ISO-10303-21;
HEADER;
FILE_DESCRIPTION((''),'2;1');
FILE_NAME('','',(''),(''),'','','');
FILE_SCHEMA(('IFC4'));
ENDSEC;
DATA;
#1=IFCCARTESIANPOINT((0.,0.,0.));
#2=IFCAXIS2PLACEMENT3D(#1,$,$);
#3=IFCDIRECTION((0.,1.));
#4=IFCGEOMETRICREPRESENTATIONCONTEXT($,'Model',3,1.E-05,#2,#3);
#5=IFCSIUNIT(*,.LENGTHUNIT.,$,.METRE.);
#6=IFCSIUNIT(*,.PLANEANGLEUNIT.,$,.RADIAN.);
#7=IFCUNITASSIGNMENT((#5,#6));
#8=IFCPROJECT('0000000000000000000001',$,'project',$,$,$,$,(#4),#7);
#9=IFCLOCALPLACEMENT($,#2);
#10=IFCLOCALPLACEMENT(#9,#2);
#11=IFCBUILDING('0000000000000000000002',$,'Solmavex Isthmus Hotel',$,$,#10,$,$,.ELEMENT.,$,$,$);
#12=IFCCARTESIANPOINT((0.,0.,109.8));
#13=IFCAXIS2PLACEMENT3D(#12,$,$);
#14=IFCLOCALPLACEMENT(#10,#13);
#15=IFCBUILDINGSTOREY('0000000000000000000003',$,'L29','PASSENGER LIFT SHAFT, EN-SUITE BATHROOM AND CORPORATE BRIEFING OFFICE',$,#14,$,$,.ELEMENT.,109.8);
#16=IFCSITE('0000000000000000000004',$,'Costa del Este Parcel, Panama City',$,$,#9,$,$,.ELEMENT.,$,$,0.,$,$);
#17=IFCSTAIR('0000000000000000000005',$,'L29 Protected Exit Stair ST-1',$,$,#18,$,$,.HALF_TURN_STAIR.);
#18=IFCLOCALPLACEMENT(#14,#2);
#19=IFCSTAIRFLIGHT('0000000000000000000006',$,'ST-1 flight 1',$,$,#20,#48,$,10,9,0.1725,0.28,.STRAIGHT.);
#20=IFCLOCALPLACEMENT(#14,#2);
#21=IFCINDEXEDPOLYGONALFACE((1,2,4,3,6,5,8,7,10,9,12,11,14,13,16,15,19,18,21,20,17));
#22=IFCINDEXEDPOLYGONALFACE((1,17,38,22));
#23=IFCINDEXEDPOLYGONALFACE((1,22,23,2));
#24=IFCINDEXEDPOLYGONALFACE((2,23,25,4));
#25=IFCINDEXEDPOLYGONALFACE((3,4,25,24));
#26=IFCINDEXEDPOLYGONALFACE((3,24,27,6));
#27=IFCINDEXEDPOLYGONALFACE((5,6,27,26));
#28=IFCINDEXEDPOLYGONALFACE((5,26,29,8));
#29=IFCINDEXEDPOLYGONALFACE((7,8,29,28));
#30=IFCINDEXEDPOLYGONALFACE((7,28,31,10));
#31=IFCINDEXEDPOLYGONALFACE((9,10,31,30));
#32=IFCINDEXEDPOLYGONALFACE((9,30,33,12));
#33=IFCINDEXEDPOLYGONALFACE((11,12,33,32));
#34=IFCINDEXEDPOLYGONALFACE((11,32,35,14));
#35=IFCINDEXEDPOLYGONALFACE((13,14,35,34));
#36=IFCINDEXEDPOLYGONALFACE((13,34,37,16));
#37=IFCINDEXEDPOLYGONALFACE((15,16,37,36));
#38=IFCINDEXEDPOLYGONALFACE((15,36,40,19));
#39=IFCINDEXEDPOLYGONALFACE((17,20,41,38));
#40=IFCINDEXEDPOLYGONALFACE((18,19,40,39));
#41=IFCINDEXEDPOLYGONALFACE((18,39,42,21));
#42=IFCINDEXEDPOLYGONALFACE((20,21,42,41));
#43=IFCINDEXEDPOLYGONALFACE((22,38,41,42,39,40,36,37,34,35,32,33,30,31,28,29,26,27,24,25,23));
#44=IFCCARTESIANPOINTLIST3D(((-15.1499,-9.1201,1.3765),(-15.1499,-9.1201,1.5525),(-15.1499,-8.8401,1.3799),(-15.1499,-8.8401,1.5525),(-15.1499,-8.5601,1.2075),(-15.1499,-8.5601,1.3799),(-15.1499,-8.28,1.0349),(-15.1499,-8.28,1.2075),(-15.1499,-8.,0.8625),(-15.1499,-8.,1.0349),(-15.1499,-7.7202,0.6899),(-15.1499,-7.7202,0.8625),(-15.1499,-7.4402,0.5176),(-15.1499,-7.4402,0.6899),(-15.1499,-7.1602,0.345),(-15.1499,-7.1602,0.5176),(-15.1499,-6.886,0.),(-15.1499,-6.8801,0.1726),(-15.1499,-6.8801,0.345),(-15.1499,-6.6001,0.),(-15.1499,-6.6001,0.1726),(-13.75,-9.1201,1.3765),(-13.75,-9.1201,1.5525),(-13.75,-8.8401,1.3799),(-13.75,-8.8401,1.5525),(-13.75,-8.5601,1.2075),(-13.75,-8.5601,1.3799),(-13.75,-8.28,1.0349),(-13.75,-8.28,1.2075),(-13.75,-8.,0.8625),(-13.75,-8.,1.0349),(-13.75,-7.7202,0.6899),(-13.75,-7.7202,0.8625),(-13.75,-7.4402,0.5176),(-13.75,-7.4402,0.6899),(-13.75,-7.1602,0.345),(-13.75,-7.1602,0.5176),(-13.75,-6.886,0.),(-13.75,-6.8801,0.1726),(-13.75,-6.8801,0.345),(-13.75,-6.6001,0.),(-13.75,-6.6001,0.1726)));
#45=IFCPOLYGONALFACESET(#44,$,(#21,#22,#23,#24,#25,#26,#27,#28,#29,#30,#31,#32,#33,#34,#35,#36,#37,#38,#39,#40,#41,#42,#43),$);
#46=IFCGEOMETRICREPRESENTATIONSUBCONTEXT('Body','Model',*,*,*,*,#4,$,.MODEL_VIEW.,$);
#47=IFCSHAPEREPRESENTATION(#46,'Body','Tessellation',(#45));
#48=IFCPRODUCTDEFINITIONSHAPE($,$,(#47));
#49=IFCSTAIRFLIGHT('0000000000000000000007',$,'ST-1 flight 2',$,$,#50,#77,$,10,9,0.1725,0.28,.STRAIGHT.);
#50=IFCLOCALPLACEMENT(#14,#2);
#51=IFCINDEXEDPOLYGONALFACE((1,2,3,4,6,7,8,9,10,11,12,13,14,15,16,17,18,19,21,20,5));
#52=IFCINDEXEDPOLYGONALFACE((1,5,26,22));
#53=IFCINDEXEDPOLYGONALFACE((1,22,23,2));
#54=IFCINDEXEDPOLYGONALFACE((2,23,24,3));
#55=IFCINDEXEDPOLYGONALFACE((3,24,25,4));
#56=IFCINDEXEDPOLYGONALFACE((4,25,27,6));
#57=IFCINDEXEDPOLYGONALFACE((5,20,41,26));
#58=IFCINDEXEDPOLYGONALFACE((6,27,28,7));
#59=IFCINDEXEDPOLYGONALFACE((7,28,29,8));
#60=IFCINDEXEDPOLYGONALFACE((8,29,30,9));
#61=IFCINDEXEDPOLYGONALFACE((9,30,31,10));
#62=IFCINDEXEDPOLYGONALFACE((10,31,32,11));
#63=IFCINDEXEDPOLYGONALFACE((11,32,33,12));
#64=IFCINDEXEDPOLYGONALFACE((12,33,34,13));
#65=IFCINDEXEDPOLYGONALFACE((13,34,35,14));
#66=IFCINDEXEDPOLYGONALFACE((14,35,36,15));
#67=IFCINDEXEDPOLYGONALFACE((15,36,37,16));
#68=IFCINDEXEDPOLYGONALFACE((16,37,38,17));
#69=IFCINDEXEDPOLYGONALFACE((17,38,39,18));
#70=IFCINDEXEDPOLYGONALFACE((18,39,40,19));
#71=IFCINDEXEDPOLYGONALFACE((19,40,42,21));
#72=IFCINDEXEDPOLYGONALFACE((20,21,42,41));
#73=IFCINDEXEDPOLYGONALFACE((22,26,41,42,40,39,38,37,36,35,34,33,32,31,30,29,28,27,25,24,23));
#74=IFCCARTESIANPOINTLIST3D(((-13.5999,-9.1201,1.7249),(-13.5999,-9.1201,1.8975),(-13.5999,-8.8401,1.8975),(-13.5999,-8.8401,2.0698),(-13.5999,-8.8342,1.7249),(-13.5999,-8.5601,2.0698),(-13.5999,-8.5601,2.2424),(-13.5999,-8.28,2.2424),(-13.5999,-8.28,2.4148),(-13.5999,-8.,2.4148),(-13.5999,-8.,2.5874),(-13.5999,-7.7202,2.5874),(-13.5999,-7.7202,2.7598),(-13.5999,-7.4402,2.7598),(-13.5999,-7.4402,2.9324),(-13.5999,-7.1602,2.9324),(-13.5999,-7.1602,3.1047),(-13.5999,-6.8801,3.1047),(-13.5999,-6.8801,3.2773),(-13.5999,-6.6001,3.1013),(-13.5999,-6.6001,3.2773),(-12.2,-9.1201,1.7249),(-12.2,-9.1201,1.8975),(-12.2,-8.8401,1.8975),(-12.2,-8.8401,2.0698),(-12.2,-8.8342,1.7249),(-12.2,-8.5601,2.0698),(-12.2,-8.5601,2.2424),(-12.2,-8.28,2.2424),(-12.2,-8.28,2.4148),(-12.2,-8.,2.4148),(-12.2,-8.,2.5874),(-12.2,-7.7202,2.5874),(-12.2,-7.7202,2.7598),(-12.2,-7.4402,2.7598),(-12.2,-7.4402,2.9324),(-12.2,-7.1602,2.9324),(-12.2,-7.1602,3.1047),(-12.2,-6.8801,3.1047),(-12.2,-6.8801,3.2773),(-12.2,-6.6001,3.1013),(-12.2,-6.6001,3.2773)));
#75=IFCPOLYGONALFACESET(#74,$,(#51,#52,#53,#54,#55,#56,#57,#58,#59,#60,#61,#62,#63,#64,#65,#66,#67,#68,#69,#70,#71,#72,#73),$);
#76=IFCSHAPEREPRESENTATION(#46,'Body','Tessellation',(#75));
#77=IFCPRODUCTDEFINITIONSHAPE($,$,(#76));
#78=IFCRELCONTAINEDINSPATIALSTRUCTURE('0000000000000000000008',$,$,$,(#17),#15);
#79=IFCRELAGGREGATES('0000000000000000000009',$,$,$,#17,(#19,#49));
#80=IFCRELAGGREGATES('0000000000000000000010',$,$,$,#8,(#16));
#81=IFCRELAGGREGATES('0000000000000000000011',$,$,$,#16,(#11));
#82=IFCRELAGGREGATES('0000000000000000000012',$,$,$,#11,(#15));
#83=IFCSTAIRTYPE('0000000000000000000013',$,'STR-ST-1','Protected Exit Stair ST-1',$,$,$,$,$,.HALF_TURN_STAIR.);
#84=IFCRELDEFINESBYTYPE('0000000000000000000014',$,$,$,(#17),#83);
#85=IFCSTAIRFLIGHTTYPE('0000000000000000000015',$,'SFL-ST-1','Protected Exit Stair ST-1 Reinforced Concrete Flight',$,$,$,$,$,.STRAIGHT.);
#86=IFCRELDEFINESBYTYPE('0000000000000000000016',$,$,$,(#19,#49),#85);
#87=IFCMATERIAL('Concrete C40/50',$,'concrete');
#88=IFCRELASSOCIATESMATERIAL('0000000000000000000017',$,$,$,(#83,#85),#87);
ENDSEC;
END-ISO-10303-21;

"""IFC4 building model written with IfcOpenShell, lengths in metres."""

from ifc_helpers import new_model, si_unit, direction, frame, origin, place, context, subcontext, project, spatial, polyline, outline, extrude, material, type_object, element, aggregate, save


model = new_model("IFC4")

# Units and contexts
model_context = context("Model", 3, precision=1e-05, world=origin(), true_north=direction((0.0, 1.0)))
body_context = subcontext(model_context, "Body", "Model", "MODEL_VIEW")
ifc_project = project(units=[si_unit("LENGTHUNIT", "METRE"), si_unit("PLANEANGLEUNIT", "RADIAN")], contexts=[model_context])

# Site, building, storey
site_placement = place(None, origin())
site = spatial("IfcSite", under=ifc_project, at=site_placement, Name="Costa del Este Parcel, Panama City", CompositionType="ELEMENT", RefElevation=0.0)
building_placement = place(site_placement, origin())
building = spatial("IfcBuilding", under=site, at=building_placement, Name="Solmavex Isthmus Hotel", CompositionType="ELEMENT")
storey_placement = place(building_placement, frame((0.0, 0.0, 109.8)))
storey = spatial("IfcBuildingStorey", under=building, at=storey_placement, Name="L29", Description="PASSENGER LIFT SHAFT, EN-SUITE BATHROOM AND CORPORATE BRIEFING OFFICE", CompositionType="ELEMENT", Elevation=109.8)

# Shared definitions
ifc_material_1 = material(Name="Concrete C40/50", Category="concrete")

# Stair, stair flights
stair_type = type_object("IfcStairType", Name="STR-ST-1", Description="Protected Exit Stair ST-1", PredefinedType="HALF_TURN_STAIR", material=ifc_material_1)
stair_placement = place(storey_placement, origin())
stair = element("IfcStair", 1, at=stair_placement, inside=storey, type_object=stair_type, Name="L29 Protected Exit Stair ST-1", PredefinedType="HALF_TURN_STAIR")
stair_flight_type = type_object("IfcStairFlightType", Name="SFL-ST-1", Description="Protected Exit Stair ST-1 Reinforced Concrete Flight", PredefinedType="STRAIGHT", material=ifc_material_1)
stair_flight_1_placement = place(storey_placement, frame((-14.45, -6.6001, 0.0), z_axis=(0.0, 0.0, 1.0), x_axis=(0.0, -1.0, 0.0)))
stair_flight_1 = element("IfcStairFlight", 2, at=stair_flight_1_placement, type_object=stair_flight_type, Name="ST-1 flight 1", NumberOfRisers=10, NumberOfTreads=9, PredefinedType="STRAIGHT", RiserHeight=0.1725, TreadLength=0.28, context=body_context, shape_type="SweptSolid", body=[
    extrude(outline(polyline([(0.0, 0.0), (0.0, 0.1726), (0.28, 0.1726), (0.28, 0.345), (0.5601, 0.345), (0.5601, 0.5176), (0.8401, 0.5176), (0.8401, 0.6899), (1.1201, 0.6899), (1.1201, 0.8625), (1.3999, 0.8625), (1.3999, 1.0349), (1.6799, 1.0349), (1.6799, 1.2075), (1.96, 1.2075), (1.96, 1.3799), (2.24, 1.3799), (2.24, 1.5525), (2.52, 1.5525), (2.52, 1.7251), (2.52, 1.3765), (0.2859, 0.0), (0.0, 0.0)])), frame((0.0, 0.7, 0.0), z_axis=(0.0, -1.0, 0.0), x_axis=(1.0, 0.0, 0.0)), (0.0, 0.0, 1.0), 1.3999),
])
stair_flight_2_placement = place(storey_placement, frame((-12.8999, -9.1201, 1.7249), z_axis=(0.0, 0.0, 1.0), x_axis=(0.0, 1.0, 0.0)))
stair_flight_2 = element("IfcStairFlight", 3, at=stair_flight_2_placement, type_object=stair_flight_type, Name="ST-1 flight 2", NumberOfRisers=10, NumberOfTreads=9, PredefinedType="STRAIGHT", RiserHeight=0.1725, TreadLength=0.28, context=body_context, shape_type="SweptSolid", body=[
    extrude(outline(polyline([(0.0, 0.0), (0.0, 0.1726), (0.28, 0.1726), (0.28, 0.345), (0.5601, 0.345), (0.5601, 0.5176), (0.8401, 0.5176), (0.8401, 0.6899), (1.1201, 0.6899), (1.1201, 0.8625), (1.3999, 0.8625), (1.3999, 1.0349), (1.6799, 1.0349), (1.6799, 1.2075), (1.96, 1.2075), (1.96, 1.3799), (2.24, 1.3799), (2.24, 1.5525), (2.52, 1.5525), (2.52, 1.7251), (2.52, 1.3765), (0.2859, 0.0), (0.0, 0.0)])), frame((0.0, 0.7, 0.0), z_axis=(0.0, -1.0, 0.0), x_axis=(1.0, 0.0, 0.0)), (0.0, 0.0, 1.0), 1.3999),
])
aggregate(stair, [stair_flight_1, stair_flight_2])

save(model, "model.ifc")
